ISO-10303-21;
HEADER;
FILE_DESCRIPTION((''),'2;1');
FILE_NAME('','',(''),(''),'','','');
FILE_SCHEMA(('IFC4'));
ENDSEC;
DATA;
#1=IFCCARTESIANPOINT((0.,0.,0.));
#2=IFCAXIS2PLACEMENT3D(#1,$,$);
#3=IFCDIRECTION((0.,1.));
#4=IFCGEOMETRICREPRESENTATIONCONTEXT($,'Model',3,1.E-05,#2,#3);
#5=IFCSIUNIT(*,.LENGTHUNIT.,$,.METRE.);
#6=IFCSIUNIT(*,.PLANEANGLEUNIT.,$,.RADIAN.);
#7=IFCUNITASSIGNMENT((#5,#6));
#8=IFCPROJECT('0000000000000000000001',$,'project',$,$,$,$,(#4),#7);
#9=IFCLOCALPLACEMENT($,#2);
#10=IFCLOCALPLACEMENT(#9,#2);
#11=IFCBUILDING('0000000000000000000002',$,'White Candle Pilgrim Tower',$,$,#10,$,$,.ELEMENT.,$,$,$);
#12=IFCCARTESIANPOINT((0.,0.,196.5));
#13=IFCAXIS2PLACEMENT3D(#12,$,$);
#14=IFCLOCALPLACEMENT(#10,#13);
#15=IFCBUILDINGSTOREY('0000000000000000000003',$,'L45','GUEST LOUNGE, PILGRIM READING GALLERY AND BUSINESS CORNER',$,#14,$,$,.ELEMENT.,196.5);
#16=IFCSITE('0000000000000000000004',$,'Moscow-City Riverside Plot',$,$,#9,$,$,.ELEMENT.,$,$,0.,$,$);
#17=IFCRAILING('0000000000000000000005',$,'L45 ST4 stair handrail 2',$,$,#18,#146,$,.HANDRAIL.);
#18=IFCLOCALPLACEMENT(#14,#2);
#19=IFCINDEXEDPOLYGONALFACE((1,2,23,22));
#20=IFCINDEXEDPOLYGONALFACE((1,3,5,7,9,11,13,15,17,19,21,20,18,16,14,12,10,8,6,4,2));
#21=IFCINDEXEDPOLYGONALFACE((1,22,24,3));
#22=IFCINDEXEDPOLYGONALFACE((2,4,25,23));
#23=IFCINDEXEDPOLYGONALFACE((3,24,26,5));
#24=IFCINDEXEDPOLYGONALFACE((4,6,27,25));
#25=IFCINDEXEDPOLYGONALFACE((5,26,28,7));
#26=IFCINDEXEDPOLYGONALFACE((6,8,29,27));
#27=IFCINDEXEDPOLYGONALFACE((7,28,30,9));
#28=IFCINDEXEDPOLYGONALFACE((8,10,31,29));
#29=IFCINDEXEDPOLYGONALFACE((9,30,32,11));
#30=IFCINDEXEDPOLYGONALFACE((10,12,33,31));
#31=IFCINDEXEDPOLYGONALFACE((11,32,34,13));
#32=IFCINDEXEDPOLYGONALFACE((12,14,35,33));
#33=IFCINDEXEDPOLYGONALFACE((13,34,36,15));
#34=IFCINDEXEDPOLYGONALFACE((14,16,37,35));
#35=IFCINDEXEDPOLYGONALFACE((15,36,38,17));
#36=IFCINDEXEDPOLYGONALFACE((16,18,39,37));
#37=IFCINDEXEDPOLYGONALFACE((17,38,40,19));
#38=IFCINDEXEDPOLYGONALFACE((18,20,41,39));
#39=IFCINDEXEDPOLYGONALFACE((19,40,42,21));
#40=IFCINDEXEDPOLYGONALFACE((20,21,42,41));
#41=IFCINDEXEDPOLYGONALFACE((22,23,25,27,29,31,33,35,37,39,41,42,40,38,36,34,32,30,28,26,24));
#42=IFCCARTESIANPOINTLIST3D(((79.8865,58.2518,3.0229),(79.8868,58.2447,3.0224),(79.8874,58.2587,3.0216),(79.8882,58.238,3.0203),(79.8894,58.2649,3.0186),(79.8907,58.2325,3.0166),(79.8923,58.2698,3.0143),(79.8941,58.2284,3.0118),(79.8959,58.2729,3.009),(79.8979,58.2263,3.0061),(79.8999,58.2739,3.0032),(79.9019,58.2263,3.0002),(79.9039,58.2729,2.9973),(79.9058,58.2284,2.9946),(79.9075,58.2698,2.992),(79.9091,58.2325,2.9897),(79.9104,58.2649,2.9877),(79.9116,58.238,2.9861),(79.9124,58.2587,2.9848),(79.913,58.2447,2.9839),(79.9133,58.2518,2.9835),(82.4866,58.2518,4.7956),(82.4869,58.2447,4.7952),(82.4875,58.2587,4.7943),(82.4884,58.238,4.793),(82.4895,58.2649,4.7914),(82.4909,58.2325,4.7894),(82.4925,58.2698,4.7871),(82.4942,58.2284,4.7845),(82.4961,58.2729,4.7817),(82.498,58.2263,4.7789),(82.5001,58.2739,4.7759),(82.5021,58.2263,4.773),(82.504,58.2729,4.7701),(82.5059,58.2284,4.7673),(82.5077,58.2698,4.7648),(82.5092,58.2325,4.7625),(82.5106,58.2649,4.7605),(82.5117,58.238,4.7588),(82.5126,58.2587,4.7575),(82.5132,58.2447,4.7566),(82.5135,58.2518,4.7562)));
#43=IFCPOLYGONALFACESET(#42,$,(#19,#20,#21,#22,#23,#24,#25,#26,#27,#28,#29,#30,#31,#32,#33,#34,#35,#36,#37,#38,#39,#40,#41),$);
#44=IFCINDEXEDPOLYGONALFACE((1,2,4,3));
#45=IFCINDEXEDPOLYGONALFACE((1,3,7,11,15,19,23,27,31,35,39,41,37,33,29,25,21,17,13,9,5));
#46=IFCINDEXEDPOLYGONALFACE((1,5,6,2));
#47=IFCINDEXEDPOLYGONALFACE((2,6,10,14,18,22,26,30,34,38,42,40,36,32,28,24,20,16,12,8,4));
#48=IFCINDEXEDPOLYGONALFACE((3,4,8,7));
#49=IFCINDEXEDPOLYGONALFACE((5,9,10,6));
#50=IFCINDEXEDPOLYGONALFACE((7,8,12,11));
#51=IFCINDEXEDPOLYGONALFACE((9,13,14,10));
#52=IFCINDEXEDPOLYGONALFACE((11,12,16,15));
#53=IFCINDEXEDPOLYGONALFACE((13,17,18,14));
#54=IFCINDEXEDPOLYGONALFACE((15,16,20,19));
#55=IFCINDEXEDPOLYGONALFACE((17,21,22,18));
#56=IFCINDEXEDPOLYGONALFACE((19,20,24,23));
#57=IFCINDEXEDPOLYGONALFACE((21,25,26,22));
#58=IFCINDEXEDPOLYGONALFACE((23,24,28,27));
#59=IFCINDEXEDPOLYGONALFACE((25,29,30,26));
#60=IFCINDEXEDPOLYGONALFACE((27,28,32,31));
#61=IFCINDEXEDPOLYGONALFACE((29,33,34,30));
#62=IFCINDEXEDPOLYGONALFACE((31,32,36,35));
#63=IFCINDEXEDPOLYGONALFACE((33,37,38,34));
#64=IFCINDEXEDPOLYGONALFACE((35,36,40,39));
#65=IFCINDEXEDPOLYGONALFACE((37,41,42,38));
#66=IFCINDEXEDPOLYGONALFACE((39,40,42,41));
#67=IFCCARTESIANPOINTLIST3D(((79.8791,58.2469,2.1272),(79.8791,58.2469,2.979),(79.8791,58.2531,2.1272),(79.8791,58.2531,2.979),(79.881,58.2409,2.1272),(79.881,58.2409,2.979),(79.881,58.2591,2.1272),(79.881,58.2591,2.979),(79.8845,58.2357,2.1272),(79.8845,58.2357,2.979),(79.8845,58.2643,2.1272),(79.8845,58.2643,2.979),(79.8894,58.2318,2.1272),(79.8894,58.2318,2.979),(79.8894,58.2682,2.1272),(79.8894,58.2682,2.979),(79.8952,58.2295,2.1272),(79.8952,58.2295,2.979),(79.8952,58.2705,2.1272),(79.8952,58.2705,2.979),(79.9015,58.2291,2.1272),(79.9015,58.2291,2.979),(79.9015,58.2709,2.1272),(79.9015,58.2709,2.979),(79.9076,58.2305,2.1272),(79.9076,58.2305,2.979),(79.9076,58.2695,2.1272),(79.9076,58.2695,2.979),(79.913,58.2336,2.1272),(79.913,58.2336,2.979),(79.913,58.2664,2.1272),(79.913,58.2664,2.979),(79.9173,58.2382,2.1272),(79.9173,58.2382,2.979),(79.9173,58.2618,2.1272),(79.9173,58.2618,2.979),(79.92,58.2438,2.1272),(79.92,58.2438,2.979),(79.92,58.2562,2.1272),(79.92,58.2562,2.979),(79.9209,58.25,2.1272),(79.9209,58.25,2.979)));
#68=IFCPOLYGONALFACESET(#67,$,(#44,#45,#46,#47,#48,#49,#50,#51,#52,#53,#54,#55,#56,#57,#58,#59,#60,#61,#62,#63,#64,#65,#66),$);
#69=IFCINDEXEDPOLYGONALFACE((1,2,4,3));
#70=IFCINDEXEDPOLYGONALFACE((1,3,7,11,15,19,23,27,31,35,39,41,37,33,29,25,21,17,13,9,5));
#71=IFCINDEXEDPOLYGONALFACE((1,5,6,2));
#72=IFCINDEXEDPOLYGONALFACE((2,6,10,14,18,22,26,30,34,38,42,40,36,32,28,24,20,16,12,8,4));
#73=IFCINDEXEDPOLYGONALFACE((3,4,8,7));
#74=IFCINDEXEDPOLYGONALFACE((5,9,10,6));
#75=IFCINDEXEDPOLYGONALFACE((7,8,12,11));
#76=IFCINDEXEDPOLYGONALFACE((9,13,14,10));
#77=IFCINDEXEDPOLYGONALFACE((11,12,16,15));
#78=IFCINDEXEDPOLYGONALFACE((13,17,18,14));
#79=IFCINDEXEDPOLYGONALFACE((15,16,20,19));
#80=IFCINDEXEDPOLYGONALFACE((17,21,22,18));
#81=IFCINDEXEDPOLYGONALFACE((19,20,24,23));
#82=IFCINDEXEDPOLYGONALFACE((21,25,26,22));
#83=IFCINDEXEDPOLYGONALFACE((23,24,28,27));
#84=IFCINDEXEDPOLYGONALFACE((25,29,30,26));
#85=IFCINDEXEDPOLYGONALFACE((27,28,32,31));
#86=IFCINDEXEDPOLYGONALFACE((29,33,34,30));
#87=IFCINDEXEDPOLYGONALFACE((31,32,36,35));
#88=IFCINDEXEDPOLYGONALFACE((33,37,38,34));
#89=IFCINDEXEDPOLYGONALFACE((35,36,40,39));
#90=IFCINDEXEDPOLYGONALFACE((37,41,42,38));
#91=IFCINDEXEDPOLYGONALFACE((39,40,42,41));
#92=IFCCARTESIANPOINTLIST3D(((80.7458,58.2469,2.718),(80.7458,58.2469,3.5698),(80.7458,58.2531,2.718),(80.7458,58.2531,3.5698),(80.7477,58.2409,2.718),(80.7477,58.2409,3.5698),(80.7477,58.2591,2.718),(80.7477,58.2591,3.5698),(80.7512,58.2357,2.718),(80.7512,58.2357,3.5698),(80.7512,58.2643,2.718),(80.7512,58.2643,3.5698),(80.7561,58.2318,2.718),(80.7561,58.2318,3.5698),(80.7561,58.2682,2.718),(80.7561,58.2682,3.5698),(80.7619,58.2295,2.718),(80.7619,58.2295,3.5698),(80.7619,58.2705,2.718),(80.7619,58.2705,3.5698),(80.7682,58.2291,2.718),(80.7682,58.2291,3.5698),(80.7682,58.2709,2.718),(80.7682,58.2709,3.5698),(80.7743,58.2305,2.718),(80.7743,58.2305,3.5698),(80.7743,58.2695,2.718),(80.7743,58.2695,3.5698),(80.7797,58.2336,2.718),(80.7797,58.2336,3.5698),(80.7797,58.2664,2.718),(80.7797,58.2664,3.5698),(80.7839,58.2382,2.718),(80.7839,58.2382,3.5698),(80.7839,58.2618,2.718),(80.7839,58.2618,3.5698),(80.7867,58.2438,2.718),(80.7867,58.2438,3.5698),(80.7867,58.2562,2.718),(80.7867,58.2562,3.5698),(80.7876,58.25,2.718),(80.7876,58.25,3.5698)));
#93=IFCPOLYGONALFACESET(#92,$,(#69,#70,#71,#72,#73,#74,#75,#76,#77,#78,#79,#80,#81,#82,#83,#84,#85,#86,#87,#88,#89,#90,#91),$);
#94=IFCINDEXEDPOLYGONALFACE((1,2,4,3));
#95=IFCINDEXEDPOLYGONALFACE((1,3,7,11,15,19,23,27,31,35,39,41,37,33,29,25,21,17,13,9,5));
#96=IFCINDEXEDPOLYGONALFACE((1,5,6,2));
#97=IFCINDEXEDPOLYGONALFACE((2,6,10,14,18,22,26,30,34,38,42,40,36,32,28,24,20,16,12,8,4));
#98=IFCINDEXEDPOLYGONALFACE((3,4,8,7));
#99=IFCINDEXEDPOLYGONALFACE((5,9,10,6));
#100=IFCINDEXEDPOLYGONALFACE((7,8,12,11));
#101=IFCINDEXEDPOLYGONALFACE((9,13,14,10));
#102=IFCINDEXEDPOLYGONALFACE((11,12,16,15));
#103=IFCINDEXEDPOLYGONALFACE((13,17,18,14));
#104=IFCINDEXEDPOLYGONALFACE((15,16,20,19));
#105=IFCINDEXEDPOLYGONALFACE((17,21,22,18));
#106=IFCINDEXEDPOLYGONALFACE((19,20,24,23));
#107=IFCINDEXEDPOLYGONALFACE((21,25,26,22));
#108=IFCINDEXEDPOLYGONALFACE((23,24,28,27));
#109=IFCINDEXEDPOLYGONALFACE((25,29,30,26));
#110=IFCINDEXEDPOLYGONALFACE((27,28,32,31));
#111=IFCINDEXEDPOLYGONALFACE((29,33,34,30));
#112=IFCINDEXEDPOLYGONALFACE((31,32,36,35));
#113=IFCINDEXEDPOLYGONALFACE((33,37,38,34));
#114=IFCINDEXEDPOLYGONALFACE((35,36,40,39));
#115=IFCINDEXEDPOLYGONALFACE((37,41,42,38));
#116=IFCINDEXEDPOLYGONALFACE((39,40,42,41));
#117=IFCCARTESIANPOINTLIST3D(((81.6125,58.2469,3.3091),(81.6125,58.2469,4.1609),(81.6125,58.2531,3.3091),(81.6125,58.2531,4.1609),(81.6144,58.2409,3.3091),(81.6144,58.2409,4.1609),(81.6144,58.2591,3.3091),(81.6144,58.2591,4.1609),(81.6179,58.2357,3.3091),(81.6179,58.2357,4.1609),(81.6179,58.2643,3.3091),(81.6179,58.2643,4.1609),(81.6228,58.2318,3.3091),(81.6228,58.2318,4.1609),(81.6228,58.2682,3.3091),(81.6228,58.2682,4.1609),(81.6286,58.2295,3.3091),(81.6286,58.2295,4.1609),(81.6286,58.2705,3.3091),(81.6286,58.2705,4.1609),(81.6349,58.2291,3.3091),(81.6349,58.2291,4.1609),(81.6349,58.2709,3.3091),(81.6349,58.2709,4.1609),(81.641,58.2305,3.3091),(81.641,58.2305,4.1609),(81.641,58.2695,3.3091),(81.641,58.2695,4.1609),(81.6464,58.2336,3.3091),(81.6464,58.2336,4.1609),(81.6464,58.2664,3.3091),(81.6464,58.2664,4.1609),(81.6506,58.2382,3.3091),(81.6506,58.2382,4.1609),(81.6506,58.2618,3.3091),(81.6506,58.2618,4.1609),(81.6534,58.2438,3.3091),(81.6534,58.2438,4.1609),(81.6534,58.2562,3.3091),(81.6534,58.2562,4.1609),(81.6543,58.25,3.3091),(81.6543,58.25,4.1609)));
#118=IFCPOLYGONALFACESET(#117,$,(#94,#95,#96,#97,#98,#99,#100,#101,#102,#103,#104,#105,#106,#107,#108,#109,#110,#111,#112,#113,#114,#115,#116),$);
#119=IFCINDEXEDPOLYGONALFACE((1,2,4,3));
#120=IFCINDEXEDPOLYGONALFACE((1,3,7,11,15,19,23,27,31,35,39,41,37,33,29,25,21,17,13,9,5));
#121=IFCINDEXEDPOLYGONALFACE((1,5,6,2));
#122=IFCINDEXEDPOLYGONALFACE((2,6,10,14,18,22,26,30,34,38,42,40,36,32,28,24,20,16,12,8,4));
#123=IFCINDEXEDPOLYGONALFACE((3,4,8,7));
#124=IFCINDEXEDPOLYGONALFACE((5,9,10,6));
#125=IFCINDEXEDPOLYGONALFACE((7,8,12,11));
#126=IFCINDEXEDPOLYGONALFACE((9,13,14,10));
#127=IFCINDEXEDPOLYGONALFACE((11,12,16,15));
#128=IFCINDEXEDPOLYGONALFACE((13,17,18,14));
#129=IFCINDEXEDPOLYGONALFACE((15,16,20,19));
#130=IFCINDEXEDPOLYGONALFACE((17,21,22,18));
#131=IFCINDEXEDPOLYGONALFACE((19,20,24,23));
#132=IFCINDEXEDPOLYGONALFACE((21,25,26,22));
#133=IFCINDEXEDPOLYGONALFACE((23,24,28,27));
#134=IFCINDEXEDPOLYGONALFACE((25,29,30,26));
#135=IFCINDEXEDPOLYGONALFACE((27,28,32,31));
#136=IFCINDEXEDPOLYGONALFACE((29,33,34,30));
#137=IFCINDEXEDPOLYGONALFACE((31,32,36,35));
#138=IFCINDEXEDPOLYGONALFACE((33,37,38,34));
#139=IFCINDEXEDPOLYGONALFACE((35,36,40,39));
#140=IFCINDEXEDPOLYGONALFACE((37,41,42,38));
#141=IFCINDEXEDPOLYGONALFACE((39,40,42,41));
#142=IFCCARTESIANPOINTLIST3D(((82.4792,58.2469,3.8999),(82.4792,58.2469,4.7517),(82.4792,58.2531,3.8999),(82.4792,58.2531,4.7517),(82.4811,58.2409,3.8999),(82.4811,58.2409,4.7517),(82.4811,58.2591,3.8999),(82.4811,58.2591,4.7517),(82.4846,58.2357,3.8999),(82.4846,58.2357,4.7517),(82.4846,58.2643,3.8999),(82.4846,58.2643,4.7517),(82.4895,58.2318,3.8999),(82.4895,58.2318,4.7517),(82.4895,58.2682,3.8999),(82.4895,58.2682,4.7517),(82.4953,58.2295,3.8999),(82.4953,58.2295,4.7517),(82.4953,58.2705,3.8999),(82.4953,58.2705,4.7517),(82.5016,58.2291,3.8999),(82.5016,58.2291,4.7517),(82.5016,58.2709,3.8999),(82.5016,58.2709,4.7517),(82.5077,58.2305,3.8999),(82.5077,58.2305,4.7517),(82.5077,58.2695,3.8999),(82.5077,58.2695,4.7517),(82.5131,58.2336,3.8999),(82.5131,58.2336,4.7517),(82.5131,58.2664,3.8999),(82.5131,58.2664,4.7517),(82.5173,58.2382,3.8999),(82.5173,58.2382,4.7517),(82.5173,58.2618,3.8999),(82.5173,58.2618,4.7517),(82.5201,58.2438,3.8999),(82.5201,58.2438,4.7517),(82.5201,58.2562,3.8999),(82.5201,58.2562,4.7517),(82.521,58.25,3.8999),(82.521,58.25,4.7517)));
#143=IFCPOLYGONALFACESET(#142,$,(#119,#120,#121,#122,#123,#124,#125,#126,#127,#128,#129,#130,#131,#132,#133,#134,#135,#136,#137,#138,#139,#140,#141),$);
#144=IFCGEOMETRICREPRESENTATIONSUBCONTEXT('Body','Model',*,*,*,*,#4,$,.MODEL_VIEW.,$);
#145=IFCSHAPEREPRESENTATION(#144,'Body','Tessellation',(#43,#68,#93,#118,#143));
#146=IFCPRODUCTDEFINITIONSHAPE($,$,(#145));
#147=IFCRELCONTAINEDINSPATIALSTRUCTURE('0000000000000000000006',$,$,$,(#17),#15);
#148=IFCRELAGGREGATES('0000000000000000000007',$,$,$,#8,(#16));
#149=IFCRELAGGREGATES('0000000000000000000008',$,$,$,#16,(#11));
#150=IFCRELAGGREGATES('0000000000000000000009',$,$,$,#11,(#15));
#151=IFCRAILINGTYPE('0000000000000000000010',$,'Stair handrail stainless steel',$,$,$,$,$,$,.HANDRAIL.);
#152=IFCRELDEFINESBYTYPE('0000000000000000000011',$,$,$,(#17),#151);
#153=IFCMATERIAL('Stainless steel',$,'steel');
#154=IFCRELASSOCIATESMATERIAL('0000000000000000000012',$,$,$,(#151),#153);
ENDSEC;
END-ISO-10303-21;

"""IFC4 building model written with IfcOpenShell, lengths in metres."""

from ifc_helpers import new_model, si_unit, direction, frame, origin, origin_2d, place, context, subcontext, project, spatial, circle, extrude, material, type_object, element, save


model = new_model("IFC4")

# Units and contexts
model_context = context("Model", 3, precision=1e-05, world=origin(), true_north=direction((0.0, 1.0)))
body_context = subcontext(model_context, "Body", "Model", "MODEL_VIEW")
ifc_project = project(units=[si_unit("LENGTHUNIT", "METRE"), si_unit("PLANEANGLEUNIT", "RADIAN")], contexts=[model_context])

# Site, building, storey
site_placement = place(None, origin())
site = spatial("IfcSite", under=ifc_project, at=site_placement, Name="Moscow-City Riverside Plot", CompositionType="ELEMENT", RefElevation=0.0)
building_placement = place(site_placement, origin())
building = spatial("IfcBuilding", under=site, at=building_placement, Name="White Candle Pilgrim Tower", CompositionType="ELEMENT")
storey_placement = place(building_placement, frame((0.0, 0.0, 196.5)))
storey = spatial("IfcBuildingStorey", under=building, at=storey_placement, Name="L45", Description="GUEST LOUNGE, PILGRIM READING GALLERY AND BUSINESS CORNER", CompositionType="ELEMENT", Elevation=196.5)

# Railing
ifc_material_1 = material(Name="Stainless steel", Category="steel")
railing_type_1 = type_object("IfcRailingType", Name="Stair handrail stainless steel", PredefinedType="HANDRAIL", material=ifc_material_1)
railing_1_placement = place(storey_placement, frame((79.8999, 58.25, 2.1272)))
element("IfcRailing", 1, at=railing_1_placement, inside=storey, type_object=railing_type_1, Name="L45 ST4 stair handrail 2", PredefinedType="HANDRAIL", context=body_context, shape_type="SweptSolid", body=[
    extrude(circle(Radius=0.0239, at=origin_2d()), frame((0.0, 0.0, 0.876), z_axis=(0.82624, 0.0, 0.563318), x_axis=(0.0, 1.0, 0.0)), (0.0, 0.0, 1.0), 3.147),
    extrude(circle(Radius=0.021, at=origin_2d()), origin(), (0.0, 0.0, 1.0), 0.8518),
    extrude(circle(Radius=0.021, at=origin_2d()), frame((0.8667, 0.0, 0.5908)), (0.0, 0.0, 1.0), 0.8518),
    extrude(circle(Radius=0.021, at=origin_2d()), frame((1.7334, 0.0, 1.1819)), (0.0, 0.0, 1.0), 0.8518),
    extrude(circle(Radius=0.021, at=origin_2d()), frame((2.6001, 0.0, 1.7727)), (0.0, 0.0, 1.0), 0.8518),
])

save(model, "model.ifc")
